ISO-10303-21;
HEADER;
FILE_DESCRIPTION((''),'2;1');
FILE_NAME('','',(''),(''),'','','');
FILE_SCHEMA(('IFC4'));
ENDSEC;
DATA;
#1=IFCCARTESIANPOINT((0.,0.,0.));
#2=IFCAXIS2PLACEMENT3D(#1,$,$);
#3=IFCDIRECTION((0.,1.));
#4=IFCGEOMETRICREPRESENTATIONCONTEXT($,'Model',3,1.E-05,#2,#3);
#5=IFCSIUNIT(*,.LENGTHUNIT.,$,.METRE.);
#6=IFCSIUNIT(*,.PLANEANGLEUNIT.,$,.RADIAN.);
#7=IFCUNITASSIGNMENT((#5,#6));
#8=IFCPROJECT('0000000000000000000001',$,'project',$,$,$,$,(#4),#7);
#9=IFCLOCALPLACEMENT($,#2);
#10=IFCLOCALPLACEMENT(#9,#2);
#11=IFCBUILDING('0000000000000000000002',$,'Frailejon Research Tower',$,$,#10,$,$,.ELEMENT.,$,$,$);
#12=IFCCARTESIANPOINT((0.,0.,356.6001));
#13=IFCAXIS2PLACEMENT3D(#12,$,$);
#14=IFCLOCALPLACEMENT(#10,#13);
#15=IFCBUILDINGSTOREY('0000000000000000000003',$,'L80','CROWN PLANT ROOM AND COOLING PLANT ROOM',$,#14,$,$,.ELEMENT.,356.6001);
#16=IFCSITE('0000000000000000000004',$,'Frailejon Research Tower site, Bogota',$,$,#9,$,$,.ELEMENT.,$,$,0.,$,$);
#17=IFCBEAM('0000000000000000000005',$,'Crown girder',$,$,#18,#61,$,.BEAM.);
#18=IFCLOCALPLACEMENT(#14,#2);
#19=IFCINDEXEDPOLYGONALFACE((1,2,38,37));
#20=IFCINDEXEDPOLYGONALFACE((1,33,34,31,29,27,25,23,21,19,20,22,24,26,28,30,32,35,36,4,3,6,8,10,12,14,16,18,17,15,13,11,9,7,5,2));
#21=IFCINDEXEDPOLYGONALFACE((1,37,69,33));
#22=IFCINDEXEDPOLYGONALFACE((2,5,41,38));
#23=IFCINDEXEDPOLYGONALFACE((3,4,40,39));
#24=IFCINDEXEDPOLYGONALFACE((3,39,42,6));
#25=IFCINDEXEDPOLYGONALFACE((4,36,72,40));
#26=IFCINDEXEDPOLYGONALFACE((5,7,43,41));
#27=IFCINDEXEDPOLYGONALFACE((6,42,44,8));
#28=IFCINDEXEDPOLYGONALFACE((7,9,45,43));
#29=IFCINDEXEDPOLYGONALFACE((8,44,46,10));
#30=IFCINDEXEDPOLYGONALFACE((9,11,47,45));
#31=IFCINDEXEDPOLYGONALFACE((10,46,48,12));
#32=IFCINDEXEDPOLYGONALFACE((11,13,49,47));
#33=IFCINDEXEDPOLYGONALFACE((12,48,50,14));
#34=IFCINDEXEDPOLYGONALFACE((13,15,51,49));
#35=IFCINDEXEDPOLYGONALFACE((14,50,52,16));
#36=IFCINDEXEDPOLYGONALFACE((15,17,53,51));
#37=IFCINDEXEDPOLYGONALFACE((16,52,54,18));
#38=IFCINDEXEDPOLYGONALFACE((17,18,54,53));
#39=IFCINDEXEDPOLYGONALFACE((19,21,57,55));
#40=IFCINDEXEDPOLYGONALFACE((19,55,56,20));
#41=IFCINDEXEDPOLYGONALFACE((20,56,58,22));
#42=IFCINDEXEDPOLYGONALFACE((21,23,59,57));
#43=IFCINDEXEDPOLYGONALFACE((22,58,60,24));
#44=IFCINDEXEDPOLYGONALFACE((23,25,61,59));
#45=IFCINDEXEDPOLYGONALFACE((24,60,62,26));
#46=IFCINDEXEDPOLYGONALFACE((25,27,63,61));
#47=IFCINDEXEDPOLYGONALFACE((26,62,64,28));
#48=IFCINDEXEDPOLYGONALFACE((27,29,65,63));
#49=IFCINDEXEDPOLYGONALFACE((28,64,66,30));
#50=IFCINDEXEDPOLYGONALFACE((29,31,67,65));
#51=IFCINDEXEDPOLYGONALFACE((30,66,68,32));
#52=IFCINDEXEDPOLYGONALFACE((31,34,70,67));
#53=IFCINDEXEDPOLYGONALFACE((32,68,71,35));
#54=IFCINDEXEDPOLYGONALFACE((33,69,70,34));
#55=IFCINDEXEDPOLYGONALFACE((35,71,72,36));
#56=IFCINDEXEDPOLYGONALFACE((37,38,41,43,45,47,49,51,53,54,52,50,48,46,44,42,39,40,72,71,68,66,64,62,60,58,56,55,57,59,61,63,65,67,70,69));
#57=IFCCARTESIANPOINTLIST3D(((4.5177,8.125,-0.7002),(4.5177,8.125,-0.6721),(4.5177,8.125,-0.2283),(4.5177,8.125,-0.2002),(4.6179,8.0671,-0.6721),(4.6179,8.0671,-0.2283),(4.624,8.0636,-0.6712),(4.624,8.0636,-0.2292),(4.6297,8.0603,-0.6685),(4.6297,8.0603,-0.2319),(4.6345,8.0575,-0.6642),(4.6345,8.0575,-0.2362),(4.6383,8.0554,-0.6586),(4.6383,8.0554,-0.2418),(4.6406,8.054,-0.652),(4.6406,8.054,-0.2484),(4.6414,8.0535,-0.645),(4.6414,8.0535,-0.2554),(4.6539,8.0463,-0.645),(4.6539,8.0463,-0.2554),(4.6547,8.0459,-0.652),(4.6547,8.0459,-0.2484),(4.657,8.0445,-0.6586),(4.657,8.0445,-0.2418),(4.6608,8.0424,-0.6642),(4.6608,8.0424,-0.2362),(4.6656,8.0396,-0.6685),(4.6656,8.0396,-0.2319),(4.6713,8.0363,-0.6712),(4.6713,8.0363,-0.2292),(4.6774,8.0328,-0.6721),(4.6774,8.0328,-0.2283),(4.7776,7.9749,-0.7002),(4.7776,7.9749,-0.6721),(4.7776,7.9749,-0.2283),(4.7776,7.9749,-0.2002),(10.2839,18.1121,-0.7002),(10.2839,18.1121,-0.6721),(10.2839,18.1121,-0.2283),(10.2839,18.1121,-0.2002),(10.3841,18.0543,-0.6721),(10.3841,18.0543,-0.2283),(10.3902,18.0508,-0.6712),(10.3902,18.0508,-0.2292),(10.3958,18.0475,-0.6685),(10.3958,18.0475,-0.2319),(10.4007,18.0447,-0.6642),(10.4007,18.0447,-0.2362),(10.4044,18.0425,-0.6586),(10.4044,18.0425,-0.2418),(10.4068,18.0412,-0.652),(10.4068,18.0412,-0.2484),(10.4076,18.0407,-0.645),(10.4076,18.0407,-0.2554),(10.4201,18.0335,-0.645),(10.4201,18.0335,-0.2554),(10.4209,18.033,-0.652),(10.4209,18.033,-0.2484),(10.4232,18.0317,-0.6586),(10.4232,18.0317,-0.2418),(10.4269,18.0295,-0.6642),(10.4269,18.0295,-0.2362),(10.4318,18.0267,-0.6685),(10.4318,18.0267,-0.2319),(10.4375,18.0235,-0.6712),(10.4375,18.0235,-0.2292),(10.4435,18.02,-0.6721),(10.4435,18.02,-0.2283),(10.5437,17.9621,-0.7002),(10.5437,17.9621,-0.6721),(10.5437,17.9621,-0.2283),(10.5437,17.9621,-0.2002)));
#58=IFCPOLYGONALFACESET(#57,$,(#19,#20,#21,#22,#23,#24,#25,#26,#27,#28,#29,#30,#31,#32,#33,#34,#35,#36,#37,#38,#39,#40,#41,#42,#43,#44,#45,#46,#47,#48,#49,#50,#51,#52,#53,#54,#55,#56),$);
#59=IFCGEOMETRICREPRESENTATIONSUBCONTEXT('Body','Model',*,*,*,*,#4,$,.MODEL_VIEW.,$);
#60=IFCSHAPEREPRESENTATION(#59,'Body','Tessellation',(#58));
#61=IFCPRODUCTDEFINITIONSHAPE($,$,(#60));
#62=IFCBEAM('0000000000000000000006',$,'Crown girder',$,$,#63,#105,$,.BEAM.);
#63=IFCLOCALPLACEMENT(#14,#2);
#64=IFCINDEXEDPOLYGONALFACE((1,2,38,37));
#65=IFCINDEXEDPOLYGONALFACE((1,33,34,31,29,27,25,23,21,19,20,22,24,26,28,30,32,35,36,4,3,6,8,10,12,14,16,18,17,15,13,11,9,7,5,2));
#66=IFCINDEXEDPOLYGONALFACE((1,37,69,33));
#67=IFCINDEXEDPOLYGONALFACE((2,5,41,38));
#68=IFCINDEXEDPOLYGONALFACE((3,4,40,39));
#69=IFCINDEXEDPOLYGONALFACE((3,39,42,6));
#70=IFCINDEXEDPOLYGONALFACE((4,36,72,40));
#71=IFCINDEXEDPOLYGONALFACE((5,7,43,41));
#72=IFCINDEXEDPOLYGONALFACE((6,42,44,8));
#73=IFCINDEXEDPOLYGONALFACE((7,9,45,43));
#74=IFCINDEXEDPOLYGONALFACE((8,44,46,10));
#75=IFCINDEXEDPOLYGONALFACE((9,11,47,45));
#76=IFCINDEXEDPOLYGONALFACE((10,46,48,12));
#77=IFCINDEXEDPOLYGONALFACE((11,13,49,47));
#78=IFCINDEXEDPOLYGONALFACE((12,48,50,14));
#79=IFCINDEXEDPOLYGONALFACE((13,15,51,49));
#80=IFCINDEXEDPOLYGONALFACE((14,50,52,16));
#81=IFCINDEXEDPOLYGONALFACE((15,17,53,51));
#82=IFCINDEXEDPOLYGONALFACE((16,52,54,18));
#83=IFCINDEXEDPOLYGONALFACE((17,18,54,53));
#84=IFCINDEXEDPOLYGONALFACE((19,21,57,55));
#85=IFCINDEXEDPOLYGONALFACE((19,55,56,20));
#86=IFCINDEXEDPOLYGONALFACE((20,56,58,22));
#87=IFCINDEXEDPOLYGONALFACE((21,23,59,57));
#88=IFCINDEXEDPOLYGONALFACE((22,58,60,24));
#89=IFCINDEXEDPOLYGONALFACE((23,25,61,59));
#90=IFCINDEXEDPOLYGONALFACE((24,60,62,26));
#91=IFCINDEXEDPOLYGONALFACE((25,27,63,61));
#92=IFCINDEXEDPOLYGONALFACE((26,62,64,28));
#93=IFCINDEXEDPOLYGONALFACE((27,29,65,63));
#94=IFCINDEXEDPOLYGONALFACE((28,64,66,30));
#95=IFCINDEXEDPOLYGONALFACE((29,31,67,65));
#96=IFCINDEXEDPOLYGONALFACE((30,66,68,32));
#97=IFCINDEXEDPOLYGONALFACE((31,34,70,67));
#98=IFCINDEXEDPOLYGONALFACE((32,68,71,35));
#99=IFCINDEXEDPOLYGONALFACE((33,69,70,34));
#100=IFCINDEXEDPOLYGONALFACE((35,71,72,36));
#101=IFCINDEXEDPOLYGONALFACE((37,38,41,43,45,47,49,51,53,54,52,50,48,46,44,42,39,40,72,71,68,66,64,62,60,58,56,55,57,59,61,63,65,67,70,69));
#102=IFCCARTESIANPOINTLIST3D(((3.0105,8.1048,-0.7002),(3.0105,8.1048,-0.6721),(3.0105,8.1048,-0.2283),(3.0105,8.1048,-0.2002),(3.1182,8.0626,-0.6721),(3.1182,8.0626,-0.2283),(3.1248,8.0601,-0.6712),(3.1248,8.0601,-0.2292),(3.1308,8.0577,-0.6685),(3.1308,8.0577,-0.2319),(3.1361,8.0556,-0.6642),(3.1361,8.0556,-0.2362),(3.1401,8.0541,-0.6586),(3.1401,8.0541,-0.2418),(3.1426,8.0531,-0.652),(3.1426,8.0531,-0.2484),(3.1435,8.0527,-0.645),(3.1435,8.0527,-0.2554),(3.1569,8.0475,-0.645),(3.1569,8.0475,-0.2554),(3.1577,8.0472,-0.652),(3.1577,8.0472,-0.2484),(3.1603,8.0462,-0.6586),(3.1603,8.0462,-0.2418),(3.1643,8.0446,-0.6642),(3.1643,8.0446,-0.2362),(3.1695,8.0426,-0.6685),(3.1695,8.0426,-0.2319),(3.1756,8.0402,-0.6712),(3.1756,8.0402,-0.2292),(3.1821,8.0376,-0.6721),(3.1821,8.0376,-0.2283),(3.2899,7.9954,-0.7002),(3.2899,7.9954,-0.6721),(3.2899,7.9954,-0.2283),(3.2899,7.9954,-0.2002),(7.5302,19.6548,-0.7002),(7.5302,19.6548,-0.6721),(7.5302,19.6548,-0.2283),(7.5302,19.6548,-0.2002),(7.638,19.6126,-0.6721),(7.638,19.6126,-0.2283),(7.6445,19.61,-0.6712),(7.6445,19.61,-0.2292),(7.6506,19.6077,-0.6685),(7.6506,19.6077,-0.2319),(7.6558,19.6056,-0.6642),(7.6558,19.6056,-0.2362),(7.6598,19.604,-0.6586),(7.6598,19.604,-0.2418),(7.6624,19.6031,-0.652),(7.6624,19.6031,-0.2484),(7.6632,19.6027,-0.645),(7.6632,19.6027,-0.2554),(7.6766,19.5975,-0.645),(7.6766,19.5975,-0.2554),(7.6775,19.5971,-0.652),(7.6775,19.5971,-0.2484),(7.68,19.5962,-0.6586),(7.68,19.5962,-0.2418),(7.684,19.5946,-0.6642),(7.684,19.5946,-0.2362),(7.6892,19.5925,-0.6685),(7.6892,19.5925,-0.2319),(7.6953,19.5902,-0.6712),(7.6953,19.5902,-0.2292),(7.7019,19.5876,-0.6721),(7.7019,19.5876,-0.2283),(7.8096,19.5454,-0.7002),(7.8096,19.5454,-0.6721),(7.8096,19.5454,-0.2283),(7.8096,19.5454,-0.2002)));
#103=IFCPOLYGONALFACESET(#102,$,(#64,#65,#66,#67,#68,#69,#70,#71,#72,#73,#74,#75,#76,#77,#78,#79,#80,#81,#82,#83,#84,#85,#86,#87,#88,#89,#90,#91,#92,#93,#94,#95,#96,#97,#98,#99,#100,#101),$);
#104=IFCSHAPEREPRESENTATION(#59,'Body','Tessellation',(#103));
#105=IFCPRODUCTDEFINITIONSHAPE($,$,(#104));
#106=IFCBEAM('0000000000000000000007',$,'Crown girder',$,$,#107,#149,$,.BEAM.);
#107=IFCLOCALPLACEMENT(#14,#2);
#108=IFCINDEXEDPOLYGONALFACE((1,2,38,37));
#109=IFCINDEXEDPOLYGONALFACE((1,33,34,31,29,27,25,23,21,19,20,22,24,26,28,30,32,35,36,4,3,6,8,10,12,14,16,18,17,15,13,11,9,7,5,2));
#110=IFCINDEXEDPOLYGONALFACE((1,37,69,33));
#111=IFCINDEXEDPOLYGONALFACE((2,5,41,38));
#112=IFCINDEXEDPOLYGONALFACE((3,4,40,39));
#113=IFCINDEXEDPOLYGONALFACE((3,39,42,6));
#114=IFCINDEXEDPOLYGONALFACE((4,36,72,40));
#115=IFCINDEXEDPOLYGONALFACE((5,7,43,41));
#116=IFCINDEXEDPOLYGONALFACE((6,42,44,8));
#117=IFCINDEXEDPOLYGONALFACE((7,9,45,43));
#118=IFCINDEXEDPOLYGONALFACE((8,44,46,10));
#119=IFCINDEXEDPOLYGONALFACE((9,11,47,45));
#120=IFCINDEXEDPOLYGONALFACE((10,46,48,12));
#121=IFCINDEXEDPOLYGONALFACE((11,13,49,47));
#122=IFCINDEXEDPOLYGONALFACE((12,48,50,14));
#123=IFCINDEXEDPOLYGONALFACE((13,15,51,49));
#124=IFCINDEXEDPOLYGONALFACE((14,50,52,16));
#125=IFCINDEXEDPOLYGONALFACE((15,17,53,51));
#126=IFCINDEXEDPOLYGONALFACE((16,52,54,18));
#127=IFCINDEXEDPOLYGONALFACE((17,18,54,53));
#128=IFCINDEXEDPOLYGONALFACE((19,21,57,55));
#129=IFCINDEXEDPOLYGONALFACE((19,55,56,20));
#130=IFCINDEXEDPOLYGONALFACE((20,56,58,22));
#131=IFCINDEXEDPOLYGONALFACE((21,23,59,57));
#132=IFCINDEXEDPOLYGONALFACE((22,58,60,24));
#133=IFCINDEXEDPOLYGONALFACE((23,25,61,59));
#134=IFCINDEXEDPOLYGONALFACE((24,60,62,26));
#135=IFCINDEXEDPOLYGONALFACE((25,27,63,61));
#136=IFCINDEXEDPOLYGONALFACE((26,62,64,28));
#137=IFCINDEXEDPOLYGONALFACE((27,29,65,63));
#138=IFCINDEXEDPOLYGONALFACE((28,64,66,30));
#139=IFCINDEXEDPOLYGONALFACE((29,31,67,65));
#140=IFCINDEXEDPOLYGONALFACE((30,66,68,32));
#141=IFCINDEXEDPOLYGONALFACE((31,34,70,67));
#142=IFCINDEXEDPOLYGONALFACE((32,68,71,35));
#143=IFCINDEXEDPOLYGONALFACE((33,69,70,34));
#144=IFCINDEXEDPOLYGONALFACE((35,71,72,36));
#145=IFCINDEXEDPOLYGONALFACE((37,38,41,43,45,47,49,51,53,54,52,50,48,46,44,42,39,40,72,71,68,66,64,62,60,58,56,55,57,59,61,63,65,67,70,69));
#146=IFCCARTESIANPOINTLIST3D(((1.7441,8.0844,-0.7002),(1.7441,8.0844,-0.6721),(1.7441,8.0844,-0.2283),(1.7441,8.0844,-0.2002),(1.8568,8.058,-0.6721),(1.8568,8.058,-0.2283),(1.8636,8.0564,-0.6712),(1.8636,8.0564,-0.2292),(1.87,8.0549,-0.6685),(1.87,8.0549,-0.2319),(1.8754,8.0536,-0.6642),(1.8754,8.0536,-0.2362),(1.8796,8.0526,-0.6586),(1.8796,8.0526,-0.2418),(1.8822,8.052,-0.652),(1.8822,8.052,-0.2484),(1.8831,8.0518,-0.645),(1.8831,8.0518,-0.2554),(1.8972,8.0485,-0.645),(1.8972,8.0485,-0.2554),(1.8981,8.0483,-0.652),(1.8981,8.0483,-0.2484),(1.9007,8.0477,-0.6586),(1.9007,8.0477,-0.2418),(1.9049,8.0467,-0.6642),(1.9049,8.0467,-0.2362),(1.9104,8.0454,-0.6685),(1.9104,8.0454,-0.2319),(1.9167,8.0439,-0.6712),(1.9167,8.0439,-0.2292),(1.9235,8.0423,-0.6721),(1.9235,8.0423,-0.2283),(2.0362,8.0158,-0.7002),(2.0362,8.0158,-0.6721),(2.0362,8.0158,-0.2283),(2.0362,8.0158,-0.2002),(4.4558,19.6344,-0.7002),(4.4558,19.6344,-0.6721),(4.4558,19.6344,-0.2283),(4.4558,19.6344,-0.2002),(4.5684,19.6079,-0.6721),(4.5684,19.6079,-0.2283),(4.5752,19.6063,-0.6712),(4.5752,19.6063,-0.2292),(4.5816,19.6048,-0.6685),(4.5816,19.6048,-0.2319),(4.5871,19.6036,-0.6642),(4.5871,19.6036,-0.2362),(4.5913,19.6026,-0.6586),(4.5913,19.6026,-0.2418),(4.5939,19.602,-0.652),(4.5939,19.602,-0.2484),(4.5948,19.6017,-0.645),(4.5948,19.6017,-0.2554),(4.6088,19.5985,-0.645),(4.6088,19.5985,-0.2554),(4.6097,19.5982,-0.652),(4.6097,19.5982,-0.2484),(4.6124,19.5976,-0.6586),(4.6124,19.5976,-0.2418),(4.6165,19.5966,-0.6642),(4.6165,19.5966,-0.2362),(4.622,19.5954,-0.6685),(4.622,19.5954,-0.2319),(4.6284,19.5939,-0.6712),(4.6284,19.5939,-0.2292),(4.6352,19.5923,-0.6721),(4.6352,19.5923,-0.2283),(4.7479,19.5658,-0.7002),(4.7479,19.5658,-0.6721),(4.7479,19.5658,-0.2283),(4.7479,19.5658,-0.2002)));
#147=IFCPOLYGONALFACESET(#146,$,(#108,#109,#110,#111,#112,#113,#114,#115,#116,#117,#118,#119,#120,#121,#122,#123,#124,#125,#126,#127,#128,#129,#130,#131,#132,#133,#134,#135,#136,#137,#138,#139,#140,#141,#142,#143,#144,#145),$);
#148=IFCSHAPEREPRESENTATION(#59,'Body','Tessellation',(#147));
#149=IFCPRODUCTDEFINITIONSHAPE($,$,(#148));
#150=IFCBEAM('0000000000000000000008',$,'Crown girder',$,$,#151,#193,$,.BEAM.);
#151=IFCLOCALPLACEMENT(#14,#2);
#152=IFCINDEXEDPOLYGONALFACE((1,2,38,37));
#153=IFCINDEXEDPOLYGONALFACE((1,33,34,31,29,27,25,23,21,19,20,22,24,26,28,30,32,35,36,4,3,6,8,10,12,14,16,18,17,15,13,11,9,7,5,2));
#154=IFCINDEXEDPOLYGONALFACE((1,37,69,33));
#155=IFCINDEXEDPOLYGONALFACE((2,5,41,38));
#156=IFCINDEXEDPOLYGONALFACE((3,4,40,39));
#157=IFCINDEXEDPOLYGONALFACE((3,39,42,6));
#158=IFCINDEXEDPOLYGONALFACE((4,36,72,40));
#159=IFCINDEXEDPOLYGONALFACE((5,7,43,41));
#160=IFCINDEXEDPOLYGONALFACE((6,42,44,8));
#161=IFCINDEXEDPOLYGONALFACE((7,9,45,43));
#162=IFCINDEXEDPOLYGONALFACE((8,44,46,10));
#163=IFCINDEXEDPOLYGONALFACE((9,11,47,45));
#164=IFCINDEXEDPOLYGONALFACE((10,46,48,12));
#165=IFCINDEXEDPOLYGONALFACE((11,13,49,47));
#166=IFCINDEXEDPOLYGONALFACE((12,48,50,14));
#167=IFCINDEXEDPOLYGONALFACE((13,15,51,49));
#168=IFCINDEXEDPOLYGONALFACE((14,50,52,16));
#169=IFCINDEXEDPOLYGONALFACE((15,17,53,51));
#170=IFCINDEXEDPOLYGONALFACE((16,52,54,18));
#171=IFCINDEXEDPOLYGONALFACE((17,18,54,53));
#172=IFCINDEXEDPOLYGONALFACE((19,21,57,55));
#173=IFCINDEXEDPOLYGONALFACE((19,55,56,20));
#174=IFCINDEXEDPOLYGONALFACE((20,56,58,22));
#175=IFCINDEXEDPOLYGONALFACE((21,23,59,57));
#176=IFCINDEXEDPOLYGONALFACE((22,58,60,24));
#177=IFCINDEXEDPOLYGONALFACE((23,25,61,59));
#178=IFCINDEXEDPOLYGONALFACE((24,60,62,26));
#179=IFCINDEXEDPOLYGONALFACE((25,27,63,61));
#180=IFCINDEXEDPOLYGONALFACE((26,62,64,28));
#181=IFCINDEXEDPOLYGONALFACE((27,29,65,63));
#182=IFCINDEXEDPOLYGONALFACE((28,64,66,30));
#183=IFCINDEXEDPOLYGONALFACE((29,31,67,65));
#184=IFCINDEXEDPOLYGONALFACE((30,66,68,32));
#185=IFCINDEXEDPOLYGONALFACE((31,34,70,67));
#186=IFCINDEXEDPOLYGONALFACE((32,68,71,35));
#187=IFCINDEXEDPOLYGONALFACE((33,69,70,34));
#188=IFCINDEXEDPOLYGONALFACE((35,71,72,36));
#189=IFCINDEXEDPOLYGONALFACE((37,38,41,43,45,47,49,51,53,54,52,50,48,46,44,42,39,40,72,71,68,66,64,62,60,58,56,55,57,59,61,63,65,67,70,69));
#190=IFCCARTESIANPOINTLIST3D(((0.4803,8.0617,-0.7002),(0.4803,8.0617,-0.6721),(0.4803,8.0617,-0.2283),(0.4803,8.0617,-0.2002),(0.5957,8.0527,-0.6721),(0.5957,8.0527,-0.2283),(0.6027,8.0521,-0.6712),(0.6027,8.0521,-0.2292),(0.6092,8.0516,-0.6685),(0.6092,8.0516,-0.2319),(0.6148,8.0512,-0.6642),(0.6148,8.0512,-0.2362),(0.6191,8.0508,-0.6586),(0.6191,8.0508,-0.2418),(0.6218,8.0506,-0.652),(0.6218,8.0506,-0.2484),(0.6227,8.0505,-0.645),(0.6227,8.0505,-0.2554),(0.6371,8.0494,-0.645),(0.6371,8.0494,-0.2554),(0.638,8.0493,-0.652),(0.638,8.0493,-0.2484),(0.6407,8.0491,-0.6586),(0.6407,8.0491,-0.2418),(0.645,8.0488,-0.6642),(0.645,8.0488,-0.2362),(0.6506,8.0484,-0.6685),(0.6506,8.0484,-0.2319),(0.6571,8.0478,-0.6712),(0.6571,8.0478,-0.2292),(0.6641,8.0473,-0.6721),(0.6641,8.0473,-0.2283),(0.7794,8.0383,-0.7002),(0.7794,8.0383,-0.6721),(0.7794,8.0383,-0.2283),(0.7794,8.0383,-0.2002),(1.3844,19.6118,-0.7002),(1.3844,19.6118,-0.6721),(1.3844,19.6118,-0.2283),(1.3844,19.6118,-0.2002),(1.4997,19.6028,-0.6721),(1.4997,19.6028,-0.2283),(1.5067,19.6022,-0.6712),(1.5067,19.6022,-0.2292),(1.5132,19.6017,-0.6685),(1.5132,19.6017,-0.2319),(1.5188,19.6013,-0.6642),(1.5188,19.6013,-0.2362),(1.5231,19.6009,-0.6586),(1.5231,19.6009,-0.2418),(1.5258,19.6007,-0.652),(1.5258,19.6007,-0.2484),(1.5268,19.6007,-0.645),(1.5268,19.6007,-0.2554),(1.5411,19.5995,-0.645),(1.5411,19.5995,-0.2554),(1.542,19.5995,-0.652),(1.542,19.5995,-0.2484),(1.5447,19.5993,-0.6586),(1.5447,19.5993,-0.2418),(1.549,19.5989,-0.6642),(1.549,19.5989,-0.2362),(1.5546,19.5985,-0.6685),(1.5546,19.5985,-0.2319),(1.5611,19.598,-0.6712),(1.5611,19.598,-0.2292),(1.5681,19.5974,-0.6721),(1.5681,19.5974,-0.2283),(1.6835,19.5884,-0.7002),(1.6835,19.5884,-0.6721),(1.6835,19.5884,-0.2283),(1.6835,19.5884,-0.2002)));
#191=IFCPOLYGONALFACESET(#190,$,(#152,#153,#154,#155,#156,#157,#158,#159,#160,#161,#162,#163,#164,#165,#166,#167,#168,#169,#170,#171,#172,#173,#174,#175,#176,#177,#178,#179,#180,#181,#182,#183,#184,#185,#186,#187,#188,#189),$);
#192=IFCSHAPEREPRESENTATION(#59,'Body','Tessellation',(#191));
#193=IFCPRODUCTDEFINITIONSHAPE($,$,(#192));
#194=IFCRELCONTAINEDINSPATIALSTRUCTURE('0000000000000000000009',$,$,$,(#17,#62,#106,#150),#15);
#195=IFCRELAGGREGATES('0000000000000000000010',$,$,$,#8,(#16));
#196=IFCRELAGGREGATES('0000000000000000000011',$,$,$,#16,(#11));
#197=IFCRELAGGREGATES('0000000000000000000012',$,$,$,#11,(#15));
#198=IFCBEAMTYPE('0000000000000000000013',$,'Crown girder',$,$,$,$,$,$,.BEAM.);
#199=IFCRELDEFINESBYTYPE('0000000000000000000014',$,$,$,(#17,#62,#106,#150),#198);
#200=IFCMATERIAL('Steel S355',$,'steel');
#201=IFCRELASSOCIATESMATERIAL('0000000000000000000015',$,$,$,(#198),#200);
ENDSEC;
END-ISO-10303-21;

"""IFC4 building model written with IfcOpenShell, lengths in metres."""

from ifc_helpers import new_model, si_unit, direction, frame, origin, origin_2d, place, context, subcontext, project, spatial, i_section, extrude, material, material_profile, profile_set, type_object, element, save


model = new_model("IFC4")

# Units and contexts
model_context = context("Model", 3, precision=1e-05, world=origin(), true_north=direction((0.0, 1.0)))
body_context = subcontext(model_context, "Body", "Model", "MODEL_VIEW")
ifc_project = project(units=[si_unit("LENGTHUNIT", "METRE"), si_unit("PLANEANGLEUNIT", "RADIAN")], contexts=[model_context])

# Site, building, storey
site_placement = place(None, origin())
site = spatial("IfcSite", under=ifc_project, at=site_placement, Name="Frailejon Research Tower site, Bogota", CompositionType="ELEMENT", RefElevation=0.0)
building_placement = place(site_placement, origin())
building = spatial("IfcBuilding", under=site, at=building_placement, Name="Frailejon Research Tower", CompositionType="ELEMENT")
storey_placement = place(building_placement, frame((0.0, 0.0, 356.6001)))
storey = spatial("IfcBuildingStorey", under=building, at=storey_placement, Name="L80", Description="CROWN PLANT ROOM AND COOLING PLANT ROOM", CompositionType="ELEMENT", Elevation=356.6001)

# Beams
ifc_material_1 = material(Name="Steel S355", Category="steel")
ifc_material_profile_1 = material_profile(ifc_material_1, i_section(OverallWidth=0.3, OverallDepth=0.5, WebThickness=0.0144, FlangeThickness=0.0281, FilletRadius=0.0271, at=origin_2d()), Name="HE 500 B")
ifc_profile_set_1 = profile_set([ifc_material_profile_1], Name="Steel S355")
beam_type_1 = type_object("IfcBeamType", Name="Crown girder", PredefinedType="BEAM", material=ifc_profile_set_1)
beam_1_placement = place(storey_placement, frame((10.4138, 18.0371, -0.4502), z_axis=(-0.500005, -0.866022, 0.0), x_axis=(0.866022, -0.500005, 0.0)))
element("IfcBeam", 1, at=beam_1_placement, inside=storey, type_object=beam_type_1, Name="Crown girder", PredefinedType="BEAM", context=body_context, shape_type="SweptSolid", body=[
    extrude(i_section(OverallWidth=0.3, OverallDepth=0.5, WebThickness=0.0144, FlangeThickness=0.0281, FilletRadius=0.0271, at=origin_2d()), origin(), (0.0, 0.0, 1.0), 11.5322),
])
beam_2_placement = place(storey_placement, frame((7.6699, 19.6001, -0.4502), z_axis=(-0.364413, -0.931238, 0.0), x_axis=(0.931238, -0.364413, 0.0)))
element("IfcBeam", 2, at=beam_2_placement, inside=storey, type_object=beam_type_1, Name="Crown girder", PredefinedType="BEAM", context=body_context, shape_type="SweptSolid", body=[
    extrude(i_section(OverallWidth=0.3, OverallDepth=0.5, WebThickness=0.0144, FlangeThickness=0.0281, FilletRadius=0.0271, at=origin_2d()), origin(), (0.0, 0.0, 1.0), 12.4028),
])
beam_3_placement = place(storey_placement, frame((4.6018, 19.6001, -0.4502), z_axis=(-0.228561, -0.97353, 0.0), x_axis=(0.97353, -0.228561, 0.0)))
element("IfcBeam", 3, at=beam_3_placement, inside=storey, type_object=beam_type_1, Name="Crown girder", PredefinedType="BEAM", context=body_context, shape_type="SweptSolid", body=[
    extrude(i_section(OverallWidth=0.3, OverallDepth=0.5, WebThickness=0.0144, FlangeThickness=0.0281, FilletRadius=0.0271, at=origin_2d()), origin(), (0.0, 0.0, 1.0), 11.864),
])
beam_4_placement = place(storey_placement, frame((1.5339, 19.6001, -0.4502), z_axis=(-0.078034, -0.996951, 0.0), x_axis=(0.996951, -0.078034, 0.0)))
element("IfcBeam", 4, at=beam_4_placement, inside=storey, type_object=beam_type_1, Name="Crown girder", PredefinedType="BEAM", context=body_context, shape_type="SweptSolid", body=[
    extrude(i_section(OverallWidth=0.3, OverallDepth=0.5, WebThickness=0.0144, FlangeThickness=0.0281, FilletRadius=0.0271, at=origin_2d()), origin(), (0.0, 0.0, 1.0), 11.5854),
])

save(model, "model.ifc")
